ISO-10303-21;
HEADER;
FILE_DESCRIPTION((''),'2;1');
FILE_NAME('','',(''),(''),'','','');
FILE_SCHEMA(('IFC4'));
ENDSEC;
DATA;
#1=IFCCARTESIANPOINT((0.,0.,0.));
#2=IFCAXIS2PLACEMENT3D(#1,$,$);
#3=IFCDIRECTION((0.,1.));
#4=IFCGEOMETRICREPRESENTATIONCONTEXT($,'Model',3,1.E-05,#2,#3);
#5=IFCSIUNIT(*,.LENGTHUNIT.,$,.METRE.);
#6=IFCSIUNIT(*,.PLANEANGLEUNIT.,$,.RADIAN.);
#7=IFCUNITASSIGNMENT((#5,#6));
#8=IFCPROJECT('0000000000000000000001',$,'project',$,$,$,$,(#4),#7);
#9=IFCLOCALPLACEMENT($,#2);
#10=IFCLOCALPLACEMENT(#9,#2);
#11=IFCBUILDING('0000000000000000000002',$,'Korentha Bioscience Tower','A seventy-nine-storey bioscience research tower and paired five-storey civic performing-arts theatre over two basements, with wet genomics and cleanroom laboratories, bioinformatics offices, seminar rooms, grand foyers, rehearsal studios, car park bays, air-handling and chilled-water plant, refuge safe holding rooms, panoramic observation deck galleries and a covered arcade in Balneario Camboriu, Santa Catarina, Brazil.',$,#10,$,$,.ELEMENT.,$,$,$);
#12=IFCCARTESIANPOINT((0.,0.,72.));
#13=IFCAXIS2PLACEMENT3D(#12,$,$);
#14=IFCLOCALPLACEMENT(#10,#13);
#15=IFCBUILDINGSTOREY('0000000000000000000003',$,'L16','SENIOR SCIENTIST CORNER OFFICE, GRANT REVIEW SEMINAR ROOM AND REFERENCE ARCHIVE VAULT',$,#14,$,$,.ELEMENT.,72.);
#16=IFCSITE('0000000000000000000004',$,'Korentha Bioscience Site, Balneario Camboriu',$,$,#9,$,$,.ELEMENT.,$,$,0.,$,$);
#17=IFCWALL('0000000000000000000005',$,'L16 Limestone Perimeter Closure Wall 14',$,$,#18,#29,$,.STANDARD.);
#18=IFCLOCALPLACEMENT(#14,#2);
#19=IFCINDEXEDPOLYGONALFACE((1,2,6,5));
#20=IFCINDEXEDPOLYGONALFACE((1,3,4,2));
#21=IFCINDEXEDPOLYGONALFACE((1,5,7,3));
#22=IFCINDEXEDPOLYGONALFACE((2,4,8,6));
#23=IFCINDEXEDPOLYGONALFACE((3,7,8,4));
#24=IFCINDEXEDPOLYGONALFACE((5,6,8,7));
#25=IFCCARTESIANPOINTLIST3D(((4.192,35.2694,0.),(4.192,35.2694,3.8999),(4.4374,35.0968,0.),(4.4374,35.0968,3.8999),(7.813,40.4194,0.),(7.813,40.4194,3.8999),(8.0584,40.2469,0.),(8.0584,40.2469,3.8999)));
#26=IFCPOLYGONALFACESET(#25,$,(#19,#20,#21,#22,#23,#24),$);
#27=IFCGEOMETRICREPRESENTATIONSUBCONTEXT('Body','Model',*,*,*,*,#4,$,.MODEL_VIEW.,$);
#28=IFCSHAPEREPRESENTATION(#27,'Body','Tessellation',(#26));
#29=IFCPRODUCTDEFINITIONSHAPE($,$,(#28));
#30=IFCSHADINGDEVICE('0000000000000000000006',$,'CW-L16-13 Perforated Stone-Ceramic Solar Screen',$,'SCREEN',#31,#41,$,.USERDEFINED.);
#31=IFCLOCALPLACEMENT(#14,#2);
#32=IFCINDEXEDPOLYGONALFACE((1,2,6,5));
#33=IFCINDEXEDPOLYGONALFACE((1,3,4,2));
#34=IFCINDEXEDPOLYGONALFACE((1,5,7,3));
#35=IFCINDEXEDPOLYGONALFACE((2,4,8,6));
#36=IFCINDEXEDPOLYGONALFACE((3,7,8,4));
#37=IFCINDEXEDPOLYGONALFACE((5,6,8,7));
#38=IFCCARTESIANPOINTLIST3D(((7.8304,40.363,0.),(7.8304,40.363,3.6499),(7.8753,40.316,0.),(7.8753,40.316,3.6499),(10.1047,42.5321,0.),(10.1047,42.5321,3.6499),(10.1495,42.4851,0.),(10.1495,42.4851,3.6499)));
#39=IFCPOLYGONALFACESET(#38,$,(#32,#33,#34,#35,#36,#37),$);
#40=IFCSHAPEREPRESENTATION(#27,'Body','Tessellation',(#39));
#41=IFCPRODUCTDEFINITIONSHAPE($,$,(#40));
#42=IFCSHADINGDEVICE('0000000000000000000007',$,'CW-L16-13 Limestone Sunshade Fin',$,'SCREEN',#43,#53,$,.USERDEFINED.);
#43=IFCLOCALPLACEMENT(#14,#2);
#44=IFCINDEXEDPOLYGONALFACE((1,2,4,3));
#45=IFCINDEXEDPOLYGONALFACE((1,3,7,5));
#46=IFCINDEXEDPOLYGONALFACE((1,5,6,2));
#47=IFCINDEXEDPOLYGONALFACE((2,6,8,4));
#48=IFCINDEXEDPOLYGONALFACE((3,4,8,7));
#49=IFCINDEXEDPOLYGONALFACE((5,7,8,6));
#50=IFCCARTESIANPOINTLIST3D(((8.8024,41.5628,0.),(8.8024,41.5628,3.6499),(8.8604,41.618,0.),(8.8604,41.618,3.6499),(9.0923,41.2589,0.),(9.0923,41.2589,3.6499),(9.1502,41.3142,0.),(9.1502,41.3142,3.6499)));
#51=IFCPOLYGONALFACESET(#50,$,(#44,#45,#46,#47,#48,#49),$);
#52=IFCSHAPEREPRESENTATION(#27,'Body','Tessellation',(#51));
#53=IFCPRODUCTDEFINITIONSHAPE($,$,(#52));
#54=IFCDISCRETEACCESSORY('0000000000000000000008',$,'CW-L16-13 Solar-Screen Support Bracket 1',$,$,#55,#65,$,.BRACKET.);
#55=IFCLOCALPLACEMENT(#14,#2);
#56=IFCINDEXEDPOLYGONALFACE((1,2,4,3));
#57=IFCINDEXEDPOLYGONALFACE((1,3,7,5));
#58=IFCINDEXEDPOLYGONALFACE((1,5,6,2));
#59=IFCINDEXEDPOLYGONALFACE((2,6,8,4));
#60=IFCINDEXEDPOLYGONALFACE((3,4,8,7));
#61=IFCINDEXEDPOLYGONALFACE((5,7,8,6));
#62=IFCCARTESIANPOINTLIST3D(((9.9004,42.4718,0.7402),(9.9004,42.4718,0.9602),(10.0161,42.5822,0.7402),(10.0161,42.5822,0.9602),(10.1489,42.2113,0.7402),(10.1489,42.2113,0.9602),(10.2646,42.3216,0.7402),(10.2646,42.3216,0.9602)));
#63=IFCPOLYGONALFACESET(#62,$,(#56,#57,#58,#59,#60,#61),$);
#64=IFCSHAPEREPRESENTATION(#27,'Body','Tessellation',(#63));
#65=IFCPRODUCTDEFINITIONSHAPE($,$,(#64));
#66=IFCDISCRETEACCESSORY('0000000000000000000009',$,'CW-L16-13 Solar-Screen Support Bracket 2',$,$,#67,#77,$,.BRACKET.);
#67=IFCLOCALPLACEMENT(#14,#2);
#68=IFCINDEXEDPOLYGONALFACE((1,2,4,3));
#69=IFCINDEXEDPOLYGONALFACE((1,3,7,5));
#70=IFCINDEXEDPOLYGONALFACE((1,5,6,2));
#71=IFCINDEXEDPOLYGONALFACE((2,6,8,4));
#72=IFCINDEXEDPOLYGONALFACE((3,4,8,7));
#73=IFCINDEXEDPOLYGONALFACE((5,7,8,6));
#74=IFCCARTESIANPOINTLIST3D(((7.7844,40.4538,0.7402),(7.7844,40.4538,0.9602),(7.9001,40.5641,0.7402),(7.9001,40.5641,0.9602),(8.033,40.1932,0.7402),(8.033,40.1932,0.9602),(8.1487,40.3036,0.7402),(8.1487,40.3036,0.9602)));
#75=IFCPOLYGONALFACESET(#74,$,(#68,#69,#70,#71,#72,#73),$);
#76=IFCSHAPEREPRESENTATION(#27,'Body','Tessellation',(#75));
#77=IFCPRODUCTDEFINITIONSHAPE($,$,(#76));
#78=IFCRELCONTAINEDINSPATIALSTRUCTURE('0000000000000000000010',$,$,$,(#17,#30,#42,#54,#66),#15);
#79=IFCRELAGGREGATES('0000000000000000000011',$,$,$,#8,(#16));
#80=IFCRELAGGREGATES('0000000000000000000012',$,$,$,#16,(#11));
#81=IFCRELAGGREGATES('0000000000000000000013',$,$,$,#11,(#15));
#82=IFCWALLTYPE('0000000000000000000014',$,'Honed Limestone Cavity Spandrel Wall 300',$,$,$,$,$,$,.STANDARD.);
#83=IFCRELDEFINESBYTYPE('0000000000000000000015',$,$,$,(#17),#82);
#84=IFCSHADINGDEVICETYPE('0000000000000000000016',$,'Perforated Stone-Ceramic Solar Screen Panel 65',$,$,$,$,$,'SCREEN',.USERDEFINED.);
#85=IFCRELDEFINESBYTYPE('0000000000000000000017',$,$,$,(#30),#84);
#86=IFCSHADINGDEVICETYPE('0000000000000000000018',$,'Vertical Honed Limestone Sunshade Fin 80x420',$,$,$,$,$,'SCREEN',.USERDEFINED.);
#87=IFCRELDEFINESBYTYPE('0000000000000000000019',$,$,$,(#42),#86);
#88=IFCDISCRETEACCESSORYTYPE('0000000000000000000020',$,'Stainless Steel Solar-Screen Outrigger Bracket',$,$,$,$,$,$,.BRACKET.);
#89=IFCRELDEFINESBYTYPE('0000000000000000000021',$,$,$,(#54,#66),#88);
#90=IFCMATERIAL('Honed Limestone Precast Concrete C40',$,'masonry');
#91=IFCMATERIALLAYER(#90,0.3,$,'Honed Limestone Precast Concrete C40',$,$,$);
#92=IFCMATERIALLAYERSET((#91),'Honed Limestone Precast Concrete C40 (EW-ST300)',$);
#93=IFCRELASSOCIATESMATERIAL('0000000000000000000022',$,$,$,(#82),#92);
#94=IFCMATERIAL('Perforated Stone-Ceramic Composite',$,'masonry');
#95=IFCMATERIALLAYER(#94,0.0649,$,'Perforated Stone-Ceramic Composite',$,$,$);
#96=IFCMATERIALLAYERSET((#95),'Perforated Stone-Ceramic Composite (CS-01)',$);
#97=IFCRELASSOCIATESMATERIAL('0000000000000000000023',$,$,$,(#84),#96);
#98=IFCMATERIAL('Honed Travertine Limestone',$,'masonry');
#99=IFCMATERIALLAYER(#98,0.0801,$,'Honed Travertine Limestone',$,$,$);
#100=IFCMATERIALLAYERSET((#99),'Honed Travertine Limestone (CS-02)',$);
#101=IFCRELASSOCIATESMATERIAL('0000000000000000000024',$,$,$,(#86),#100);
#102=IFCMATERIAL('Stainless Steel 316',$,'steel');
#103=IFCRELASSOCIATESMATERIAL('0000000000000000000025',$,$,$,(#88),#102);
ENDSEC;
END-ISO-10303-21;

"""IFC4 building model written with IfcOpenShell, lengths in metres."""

from ifc_helpers import new_model, si_unit, direction, frame, frame_2d, origin, origin_2d, place, context, subcontext, project, spatial, rectangle, extrude, material, layer, layer_set, type_object, element, save


model = new_model("IFC4")

# Units and contexts
model_context = context("Model", 3, precision=1e-05, world=origin(), true_north=direction((0.0, 1.0)))
body_context = subcontext(model_context, "Body", "Model", "MODEL_VIEW")
ifc_project = project(units=[si_unit("LENGTHUNIT", "METRE"), si_unit("PLANEANGLEUNIT", "RADIAN")], contexts=[model_context])

# Site, building, storey
site_placement = place(None, origin())
site = spatial("IfcSite", under=ifc_project, at=site_placement, Name="Korentha Bioscience Site, Balneario Camboriu", CompositionType="ELEMENT", RefElevation=0.0)
building_placement = place(site_placement, origin())
building = spatial("IfcBuilding", under=site, at=building_placement, Name="Korentha Bioscience Tower", Description="A seventy-nine-storey bioscience research tower and paired five-storey civic performing-arts theatre over two basements, with wet genomics and cleanroom laboratories, bioinformatics offices, seminar rooms, grand foyers, rehearsal studios, car park bays, air-handling and chilled-water plant, refuge safe holding rooms, panoramic observation deck galleries and a covered arcade in Balneario Camboriu, Santa Catarina, Brazil.", CompositionType="ELEMENT")
storey_placement = place(building_placement, frame((0.0, 0.0, 72.0)))
storey = spatial("IfcBuildingStorey", under=building, at=storey_placement, Name="L16", Description="SENIOR SCIENTIST CORNER OFFICE, GRANT REVIEW SEMINAR ROOM AND REFERENCE ARCHIVE VAULT", CompositionType="ELEMENT", Elevation=72.0)

# Shared definitions
ifc_material_1 = material(Name="Honed Limestone Precast Concrete C40", Category="masonry")
ifc_layer_1 = layer(ifc_material_1, 0.3, Name="Honed Limestone Precast Concrete C40")
ifc_layer_set_1 = layer_set([ifc_layer_1], Name="Honed Limestone Precast Concrete C40 (EW-ST300)")
wall_type_1 = type_object("IfcWallType", Name="Honed Limestone Cavity Spandrel Wall 300", PredefinedType="STANDARD", material=ifc_layer_set_1)

# Wall
wall_1_placement = place(storey_placement, frame((7.9358, 40.3333, 0.0), z_axis=(0.0, 0.0, 1.0), x_axis=(-0.575166, -0.818037, 0.0)))
element("IfcWall", 1, at=wall_1_placement, inside=storey, type_object=wall_type_1, Name="L16 Limestone Perimeter Closure Wall 14", PredefinedType="STANDARD", context=body_context, shape_type="SweptSolid", body=[
    extrude(rectangle(XDim=6.2957, YDim=0.3, at=frame_2d((3.1479, 0.0))), origin(), (0.0, 0.0, 1.0), 3.8999),
])

# Shading devices
ifc_material_2 = material(Name="Perforated Stone-Ceramic Composite", Category="masonry")
ifc_layer_2 = layer(ifc_material_2, 0.0649, Name="Perforated Stone-Ceramic Composite")
ifc_layer_set_2 = layer_set([ifc_layer_2], Name="Perforated Stone-Ceramic Composite (CS-01)")
shading_device_type_1 = type_object("IfcShadingDeviceType", Name="Perforated Stone-Ceramic Solar Screen Panel 65", ElementType="SCREEN", PredefinedType="USERDEFINED", material=ifc_layer_set_2)
shading_device_1_placement = place(storey_placement, frame((8.99, 41.4241, 0.0), z_axis=(0.0, 0.0, 1.0), x_axis=(-0.723642, -0.690176, 0.0)))
element("IfcShadingDevice", 2, at=shading_device_1_placement, inside=storey, type_object=shading_device_type_1, Name="CW-L16-13 Perforated Stone-Ceramic Solar Screen", ObjectType="SCREEN", PredefinedType="USERDEFINED", context=body_context, shape_type="SweptSolid", body=[
    extrude(rectangle(XDim=3.1428, YDim=0.0649, at=origin_2d()), origin(), (0.0, 0.0, 1.0), 3.6499),
])
ifc_material_3 = material(Name="Honed Travertine Limestone", Category="masonry")
ifc_layer_3 = layer(ifc_material_3, 0.0801, Name="Honed Travertine Limestone")
ifc_layer_set_3 = layer_set([ifc_layer_3], Name="Honed Travertine Limestone (CS-02)")
shading_device_type_2 = type_object("IfcShadingDeviceType", Name="Vertical Honed Limestone Sunshade Fin 80x420", ElementType="SCREEN", PredefinedType="USERDEFINED", material=ifc_layer_set_3)
shading_device_2_placement = place(storey_placement, frame((8.9763, 41.4385, 0.0), z_axis=(0.0, 0.0, 1.0), x_axis=(-0.723642, -0.690176, 0.0)))
element("IfcShadingDevice", 3, at=shading_device_2_placement, inside=storey, type_object=shading_device_type_2, Name="CW-L16-13 Limestone Sunshade Fin", ObjectType="SCREEN", PredefinedType="USERDEFINED", context=body_context, shape_type="SweptSolid", body=[
    extrude(rectangle(XDim=0.0801, YDim=0.4199, at=origin_2d()), origin(), (0.0, 0.0, 1.0), 3.6499),
])

# Discrete accessories
ifc_material_4 = material(Name="Stainless Steel 316", Category="steel")
discrete_accessory_type = type_object("IfcDiscreteAccessoryType", Name="Stainless Steel Solar-Screen Outrigger Bracket", PredefinedType="BRACKET", material=ifc_material_4)
for number, where, z_axis, x_axis, name in (
    (4, (10.0825, 42.3967, 0.7402), (0.0, 0.0, 1.0), (-0.723642, -0.690176, 0.0), "CW-L16-13 Solar-Screen Support Bracket 1"),
    (5, (7.9666, 40.3787, 0.7402), (0.0, 0.0, 1.0), (-0.723642, -0.690176, 0.0), "CW-L16-13 Solar-Screen Support Bracket 2"),
):
    element("IfcDiscreteAccessory", number, at=place(storey_placement, frame(where, z_axis=z_axis, x_axis=x_axis)), inside=storey, type_object=discrete_accessory_type, Name=name, PredefinedType="BRACKET", context=body_context, shape_type="SweptSolid", body=[
        extrude(rectangle(XDim=0.1599, YDim=0.3601, at=origin_2d()), origin(), (0.0, 0.0, 1.0), 0.22),
    ])

save(model, "model.ifc")
